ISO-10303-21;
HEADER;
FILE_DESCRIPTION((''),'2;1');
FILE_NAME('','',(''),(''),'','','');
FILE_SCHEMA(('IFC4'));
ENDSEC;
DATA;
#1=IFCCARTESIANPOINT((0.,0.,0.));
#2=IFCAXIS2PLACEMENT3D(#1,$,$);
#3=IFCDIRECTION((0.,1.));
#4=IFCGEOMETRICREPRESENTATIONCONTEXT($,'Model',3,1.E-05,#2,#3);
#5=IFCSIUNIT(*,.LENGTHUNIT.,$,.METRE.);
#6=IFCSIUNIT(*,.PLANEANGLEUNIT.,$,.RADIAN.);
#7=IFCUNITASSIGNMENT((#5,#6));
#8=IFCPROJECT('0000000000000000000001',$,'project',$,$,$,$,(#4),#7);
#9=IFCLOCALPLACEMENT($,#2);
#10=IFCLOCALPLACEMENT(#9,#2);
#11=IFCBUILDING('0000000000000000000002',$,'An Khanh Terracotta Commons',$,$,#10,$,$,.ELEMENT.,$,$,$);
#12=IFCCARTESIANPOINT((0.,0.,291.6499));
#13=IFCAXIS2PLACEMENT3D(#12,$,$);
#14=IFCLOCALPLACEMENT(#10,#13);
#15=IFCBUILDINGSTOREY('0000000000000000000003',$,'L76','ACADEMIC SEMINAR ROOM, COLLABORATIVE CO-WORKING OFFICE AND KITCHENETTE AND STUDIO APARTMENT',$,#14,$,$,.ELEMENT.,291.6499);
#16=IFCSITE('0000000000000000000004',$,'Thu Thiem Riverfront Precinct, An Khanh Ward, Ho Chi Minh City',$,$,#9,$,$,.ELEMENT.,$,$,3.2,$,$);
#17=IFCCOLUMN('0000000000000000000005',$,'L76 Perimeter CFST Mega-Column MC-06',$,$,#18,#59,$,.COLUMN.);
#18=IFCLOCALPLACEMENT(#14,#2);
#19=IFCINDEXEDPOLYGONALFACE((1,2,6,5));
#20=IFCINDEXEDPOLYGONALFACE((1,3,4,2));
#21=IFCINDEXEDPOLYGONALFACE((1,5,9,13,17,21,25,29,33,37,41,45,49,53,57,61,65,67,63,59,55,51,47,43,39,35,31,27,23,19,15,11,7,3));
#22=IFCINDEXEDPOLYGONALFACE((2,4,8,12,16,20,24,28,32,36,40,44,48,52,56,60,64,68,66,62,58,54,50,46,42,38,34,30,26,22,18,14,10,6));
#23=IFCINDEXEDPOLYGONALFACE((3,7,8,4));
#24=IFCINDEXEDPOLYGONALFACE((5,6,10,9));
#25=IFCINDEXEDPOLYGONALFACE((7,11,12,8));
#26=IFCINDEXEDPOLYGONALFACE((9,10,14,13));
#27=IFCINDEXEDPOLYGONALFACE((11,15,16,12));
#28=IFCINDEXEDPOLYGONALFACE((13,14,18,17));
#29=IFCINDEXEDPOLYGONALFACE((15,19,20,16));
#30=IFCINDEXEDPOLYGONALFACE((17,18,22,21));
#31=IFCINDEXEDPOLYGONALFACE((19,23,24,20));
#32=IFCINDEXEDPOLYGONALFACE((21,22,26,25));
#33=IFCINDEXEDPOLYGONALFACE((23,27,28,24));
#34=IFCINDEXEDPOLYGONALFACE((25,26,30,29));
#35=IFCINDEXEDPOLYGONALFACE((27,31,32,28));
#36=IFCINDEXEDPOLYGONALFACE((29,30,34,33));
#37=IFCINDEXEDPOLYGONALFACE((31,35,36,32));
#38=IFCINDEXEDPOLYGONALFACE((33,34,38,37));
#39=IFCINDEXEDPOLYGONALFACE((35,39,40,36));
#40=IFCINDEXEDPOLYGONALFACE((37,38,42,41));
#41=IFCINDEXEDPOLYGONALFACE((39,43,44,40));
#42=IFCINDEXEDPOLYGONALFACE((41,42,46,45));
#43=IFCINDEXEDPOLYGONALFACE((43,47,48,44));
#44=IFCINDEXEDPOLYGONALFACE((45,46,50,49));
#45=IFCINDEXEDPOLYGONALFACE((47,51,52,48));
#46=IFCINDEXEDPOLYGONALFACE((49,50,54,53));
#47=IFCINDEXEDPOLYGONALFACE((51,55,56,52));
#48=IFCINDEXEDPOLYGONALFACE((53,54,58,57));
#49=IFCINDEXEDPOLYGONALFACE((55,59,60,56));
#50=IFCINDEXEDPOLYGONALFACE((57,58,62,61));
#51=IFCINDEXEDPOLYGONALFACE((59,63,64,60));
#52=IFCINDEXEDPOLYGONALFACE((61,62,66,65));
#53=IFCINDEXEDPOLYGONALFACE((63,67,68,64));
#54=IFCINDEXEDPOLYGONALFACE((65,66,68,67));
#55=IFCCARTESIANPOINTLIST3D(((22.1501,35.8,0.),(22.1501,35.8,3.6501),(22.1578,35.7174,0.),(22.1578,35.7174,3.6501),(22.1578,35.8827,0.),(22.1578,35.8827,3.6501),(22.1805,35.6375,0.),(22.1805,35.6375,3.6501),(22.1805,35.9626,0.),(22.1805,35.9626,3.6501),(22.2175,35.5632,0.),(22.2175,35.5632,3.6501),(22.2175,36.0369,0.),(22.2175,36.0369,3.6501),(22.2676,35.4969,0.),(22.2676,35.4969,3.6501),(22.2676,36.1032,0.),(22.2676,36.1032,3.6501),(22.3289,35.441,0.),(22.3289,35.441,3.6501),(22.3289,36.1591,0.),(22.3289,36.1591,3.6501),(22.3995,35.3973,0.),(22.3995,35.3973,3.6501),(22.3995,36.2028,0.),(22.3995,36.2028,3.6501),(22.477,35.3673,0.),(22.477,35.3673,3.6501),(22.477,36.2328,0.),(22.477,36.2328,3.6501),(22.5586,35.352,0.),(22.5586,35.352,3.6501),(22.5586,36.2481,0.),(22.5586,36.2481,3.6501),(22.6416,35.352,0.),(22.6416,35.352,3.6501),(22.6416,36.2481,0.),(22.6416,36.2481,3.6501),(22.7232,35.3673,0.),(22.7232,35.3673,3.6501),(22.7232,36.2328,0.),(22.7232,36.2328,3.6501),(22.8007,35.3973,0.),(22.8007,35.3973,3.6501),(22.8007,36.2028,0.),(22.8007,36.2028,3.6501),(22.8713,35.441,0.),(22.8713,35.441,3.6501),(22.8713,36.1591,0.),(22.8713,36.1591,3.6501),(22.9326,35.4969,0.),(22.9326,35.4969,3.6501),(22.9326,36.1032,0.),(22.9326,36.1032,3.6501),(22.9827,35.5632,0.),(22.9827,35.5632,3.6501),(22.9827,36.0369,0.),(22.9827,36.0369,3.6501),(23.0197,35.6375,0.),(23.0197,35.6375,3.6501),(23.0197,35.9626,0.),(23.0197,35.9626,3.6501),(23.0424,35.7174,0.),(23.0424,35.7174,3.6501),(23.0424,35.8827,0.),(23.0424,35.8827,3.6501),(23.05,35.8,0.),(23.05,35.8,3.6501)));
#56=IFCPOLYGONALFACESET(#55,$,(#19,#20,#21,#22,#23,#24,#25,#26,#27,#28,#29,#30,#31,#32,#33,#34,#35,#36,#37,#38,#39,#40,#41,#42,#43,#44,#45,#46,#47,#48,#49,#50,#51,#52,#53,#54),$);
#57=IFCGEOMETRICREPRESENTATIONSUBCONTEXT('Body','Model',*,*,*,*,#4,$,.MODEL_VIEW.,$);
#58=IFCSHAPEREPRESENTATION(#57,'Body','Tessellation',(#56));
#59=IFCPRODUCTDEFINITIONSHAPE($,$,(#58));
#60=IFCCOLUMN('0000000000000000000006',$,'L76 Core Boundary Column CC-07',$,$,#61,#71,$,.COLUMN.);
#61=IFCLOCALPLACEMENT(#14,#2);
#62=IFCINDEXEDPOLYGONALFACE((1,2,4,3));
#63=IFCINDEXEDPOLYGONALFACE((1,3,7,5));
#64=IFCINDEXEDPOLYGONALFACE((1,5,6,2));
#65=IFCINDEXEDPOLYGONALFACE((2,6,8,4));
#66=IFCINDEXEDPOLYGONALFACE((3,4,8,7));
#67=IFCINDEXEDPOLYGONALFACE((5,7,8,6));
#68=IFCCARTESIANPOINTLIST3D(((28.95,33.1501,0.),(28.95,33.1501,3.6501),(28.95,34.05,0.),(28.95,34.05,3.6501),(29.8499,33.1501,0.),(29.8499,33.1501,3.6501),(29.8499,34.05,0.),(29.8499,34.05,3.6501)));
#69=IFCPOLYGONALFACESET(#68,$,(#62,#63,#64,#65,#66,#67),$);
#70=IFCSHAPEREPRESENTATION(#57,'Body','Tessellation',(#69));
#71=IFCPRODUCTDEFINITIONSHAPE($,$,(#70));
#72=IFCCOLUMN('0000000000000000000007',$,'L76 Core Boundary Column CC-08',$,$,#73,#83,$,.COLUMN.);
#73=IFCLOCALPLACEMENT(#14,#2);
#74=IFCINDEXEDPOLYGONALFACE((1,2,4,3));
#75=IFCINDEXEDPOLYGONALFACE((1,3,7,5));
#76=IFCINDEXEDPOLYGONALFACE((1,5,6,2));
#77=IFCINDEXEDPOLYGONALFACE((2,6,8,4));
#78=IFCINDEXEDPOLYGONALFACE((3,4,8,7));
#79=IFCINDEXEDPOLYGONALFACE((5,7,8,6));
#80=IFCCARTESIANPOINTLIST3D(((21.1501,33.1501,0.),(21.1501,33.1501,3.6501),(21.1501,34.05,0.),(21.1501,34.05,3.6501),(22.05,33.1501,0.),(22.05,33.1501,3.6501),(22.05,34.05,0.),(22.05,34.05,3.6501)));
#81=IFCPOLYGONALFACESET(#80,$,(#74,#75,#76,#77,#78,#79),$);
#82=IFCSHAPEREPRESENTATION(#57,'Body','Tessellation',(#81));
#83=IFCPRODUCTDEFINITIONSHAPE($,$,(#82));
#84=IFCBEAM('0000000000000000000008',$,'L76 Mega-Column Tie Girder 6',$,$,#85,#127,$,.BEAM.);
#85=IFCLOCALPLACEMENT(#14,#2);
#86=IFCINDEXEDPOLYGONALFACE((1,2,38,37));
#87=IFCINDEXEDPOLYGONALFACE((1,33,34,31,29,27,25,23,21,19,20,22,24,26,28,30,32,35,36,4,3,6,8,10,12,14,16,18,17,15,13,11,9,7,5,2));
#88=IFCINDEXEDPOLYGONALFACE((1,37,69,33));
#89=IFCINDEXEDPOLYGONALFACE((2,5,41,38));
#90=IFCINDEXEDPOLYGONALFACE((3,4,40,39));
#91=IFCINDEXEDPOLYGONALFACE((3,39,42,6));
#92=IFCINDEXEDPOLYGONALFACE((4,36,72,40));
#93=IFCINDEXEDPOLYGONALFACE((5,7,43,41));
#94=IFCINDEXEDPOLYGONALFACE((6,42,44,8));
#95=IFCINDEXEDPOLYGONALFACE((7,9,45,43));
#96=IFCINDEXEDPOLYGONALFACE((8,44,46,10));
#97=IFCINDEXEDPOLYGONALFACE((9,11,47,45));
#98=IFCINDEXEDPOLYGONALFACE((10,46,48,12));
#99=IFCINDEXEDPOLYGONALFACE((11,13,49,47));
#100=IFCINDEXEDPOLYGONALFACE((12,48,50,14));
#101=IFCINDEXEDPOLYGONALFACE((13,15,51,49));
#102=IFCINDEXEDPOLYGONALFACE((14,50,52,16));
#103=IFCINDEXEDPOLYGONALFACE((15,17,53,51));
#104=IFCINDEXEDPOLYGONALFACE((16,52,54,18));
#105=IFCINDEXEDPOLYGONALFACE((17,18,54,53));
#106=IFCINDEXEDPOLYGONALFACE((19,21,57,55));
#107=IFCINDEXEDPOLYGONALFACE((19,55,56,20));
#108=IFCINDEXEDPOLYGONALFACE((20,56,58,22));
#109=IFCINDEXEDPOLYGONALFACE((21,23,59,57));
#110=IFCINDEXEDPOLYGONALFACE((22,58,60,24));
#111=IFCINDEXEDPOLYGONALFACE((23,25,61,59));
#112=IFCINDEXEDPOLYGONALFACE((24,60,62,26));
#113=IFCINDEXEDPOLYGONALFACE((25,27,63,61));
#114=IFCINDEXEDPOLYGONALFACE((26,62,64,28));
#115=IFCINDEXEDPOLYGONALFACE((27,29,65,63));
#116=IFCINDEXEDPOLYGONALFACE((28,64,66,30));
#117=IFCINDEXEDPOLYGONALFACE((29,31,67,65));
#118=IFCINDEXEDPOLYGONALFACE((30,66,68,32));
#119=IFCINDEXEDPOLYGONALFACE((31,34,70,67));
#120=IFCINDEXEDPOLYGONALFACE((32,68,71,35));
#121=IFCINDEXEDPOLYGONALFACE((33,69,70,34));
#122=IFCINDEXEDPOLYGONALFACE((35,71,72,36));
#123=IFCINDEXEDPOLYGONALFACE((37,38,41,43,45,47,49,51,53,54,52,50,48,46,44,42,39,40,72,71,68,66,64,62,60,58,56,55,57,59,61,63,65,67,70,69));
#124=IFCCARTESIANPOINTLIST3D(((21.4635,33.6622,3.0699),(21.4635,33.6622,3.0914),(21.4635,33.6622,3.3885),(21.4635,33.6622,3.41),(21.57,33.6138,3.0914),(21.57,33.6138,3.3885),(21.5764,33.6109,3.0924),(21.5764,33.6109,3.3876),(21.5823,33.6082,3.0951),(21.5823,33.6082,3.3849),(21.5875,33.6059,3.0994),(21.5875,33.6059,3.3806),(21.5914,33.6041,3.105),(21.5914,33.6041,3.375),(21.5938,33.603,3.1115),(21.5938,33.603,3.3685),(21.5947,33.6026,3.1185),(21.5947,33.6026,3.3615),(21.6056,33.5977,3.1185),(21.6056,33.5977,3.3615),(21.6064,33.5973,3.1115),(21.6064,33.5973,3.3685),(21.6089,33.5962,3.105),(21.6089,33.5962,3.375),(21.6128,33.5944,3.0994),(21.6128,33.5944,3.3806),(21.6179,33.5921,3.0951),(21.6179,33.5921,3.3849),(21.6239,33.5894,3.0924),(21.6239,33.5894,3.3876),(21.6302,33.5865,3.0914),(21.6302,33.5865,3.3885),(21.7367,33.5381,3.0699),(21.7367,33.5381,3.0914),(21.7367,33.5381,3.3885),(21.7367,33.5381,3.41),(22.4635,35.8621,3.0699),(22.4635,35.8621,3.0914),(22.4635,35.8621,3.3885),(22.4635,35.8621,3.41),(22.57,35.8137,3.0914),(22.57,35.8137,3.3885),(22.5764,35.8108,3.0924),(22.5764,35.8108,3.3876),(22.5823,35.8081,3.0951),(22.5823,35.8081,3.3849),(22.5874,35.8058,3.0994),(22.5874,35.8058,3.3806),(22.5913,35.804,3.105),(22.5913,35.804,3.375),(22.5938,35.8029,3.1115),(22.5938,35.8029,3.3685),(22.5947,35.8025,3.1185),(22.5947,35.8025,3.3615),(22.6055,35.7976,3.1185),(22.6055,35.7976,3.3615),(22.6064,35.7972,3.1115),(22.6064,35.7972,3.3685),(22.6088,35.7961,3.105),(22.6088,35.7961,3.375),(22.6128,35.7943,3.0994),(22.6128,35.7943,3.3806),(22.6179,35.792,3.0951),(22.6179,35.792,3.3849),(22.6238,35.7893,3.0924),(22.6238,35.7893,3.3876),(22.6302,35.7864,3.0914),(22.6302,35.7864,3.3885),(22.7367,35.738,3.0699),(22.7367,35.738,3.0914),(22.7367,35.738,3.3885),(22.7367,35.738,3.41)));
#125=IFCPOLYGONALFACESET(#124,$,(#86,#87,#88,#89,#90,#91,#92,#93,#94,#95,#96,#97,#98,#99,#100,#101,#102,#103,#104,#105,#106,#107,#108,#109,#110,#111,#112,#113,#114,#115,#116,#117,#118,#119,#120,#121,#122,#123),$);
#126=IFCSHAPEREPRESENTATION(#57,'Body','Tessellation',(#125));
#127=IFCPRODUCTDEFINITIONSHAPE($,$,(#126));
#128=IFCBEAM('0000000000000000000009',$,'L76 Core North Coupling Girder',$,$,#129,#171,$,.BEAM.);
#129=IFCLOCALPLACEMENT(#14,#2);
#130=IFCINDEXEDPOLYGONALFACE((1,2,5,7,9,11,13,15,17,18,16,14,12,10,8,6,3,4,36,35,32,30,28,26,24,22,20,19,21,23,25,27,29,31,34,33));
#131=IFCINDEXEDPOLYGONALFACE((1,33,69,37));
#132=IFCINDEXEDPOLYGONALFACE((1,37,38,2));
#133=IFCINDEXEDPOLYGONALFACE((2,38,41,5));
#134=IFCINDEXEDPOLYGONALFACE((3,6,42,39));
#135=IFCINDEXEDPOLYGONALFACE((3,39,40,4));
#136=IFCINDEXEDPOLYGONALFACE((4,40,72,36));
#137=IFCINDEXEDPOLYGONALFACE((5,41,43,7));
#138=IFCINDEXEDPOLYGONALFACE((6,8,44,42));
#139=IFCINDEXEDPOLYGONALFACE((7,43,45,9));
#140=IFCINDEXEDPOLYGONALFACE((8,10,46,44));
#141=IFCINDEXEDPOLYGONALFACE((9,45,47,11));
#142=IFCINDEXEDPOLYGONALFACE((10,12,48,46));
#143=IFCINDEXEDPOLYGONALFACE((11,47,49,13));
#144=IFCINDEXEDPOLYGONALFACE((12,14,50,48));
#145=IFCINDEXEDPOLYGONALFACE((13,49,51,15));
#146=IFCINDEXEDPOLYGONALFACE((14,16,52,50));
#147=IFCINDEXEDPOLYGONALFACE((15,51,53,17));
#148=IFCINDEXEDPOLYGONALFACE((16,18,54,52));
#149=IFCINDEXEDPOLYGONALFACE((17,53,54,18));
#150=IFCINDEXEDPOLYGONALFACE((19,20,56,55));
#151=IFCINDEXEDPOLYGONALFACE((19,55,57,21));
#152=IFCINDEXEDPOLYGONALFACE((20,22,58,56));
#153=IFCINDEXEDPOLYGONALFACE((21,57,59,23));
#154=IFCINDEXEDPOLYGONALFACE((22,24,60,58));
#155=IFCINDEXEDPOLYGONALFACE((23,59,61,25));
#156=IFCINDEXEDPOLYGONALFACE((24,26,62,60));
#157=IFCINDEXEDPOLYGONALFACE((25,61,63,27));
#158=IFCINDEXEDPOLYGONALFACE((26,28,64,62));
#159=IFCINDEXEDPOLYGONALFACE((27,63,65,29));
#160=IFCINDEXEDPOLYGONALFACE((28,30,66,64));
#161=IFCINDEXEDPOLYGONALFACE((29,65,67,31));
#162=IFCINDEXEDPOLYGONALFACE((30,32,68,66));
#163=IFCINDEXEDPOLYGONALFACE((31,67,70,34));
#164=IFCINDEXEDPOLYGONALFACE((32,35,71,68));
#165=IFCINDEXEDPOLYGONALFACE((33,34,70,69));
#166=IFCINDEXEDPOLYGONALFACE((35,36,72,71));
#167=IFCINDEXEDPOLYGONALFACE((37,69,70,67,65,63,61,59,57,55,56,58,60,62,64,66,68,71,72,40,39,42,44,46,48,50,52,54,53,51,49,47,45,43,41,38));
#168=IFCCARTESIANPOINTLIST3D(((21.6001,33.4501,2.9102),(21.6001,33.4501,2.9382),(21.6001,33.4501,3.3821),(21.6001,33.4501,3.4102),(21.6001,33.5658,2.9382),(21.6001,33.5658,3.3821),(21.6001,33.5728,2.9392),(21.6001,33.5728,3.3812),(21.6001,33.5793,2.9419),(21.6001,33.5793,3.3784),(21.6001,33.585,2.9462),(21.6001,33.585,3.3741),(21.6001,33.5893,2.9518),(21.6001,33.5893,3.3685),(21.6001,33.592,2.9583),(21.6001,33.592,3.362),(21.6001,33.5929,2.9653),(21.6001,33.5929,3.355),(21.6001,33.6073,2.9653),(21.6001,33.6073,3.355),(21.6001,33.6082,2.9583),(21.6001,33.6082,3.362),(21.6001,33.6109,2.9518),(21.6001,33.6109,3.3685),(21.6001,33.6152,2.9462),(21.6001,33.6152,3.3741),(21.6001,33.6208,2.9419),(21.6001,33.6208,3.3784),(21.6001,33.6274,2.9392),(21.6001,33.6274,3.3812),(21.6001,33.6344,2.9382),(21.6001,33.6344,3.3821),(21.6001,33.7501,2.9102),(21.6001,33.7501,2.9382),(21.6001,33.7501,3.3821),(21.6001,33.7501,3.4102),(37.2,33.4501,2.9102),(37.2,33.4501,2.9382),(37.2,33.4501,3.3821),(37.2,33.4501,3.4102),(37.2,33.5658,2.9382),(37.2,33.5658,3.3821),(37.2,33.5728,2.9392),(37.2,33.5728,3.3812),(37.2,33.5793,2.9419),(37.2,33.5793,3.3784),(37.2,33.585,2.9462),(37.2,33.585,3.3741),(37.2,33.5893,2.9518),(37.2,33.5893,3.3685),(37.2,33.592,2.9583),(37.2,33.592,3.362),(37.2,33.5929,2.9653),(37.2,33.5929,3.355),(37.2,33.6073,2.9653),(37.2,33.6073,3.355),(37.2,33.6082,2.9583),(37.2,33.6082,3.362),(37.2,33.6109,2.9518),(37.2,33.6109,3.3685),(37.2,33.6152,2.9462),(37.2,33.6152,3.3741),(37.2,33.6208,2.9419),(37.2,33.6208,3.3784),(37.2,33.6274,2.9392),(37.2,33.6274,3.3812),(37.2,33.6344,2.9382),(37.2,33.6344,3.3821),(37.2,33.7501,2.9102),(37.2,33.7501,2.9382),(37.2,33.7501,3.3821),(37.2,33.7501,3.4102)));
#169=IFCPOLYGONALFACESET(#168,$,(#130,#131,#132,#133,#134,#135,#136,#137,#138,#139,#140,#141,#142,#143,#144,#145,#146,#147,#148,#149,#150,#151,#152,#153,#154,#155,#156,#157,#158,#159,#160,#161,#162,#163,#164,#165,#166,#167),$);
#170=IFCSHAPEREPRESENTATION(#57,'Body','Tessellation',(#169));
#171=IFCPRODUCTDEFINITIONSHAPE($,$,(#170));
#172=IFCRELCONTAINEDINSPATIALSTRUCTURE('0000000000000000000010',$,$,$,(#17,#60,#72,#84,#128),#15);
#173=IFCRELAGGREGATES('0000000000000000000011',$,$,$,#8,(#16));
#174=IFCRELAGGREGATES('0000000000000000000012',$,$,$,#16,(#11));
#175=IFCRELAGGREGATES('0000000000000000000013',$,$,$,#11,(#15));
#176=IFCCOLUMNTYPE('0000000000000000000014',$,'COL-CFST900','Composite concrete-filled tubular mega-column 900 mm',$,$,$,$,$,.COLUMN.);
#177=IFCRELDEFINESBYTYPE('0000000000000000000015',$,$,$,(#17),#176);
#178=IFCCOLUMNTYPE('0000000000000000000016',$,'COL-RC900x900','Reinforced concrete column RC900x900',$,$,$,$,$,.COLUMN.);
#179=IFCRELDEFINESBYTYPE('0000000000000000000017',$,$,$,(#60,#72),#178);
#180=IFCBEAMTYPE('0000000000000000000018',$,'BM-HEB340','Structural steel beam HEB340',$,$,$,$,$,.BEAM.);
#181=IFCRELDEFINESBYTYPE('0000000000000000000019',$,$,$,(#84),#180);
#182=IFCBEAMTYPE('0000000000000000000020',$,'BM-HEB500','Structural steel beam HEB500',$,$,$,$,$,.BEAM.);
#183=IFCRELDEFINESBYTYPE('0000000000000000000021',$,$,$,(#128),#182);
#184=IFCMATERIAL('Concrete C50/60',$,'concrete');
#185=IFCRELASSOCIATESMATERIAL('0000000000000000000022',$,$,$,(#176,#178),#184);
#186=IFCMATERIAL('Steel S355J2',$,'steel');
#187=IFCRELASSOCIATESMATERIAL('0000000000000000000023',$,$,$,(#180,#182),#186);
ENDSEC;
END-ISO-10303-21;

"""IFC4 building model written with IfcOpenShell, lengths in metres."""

from ifc_helpers import new_model, si_unit, direction, frame, origin, origin_2d, place, context, subcontext, project, spatial, rectangle, circle, i_section, extrude, material, material_profile, profile_set, type_object, element, save


model = new_model("IFC4")

# Units and contexts
model_context = context("Model", 3, precision=1e-05, world=origin(), true_north=direction((0.0, 1.0)))
body_context = subcontext(model_context, "Body", "Model", "MODEL_VIEW")
ifc_project = project(units=[si_unit("LENGTHUNIT", "METRE"), si_unit("PLANEANGLEUNIT", "RADIAN")], contexts=[model_context])

# Site, building, storey
site_placement = place(None, origin())
site = spatial("IfcSite", under=ifc_project, at=site_placement, Name="Thu Thiem Riverfront Precinct, An Khanh Ward, Ho Chi Minh City", CompositionType="ELEMENT", RefElevation=3.2)
building_placement = place(site_placement, origin())
building = spatial("IfcBuilding", under=site, at=building_placement, Name="An Khanh Terracotta Commons", CompositionType="ELEMENT")
storey_placement = place(building_placement, frame((0.0, 0.0, 291.6499)))
storey = spatial("IfcBuildingStorey", under=building, at=storey_placement, Name="L76", Description="ACADEMIC SEMINAR ROOM, COLLABORATIVE CO-WORKING OFFICE AND KITCHENETTE AND STUDIO APARTMENT", CompositionType="ELEMENT", Elevation=291.6499)

# Columns
ifc_material_1 = material(Name="Concrete C50/60", Category="concrete")
ifc_material_profile_1 = material_profile(ifc_material_1, circle(Radius=0.45, at=origin_2d()), Name="CFST900")
ifc_profile_set_1 = profile_set([ifc_material_profile_1], Name="Concrete C50/60")
column_type_1 = type_object("IfcColumnType", Name="COL-CFST900", Description="Composite concrete-filled tubular mega-column 900 mm", PredefinedType="COLUMN", material=ifc_profile_set_1)
column_placement = place(storey_placement, frame((22.6001, 35.8, 0.0), z_axis=(0.0, 0.0, 1.0), x_axis=(1.0, 0.0, 0.0)))
element("IfcColumn", 1, at=column_placement, inside=storey, type_object=column_type_1, Name="L76 Perimeter CFST Mega-Column MC-06", PredefinedType="COLUMN", context=body_context, shape_type="SweptSolid", body=[
    extrude(circle(Radius=0.45, at=origin_2d()), origin(), (0.0, 0.0, 1.0), 3.6501),
])
ifc_material_profile_2 = material_profile(ifc_material_1, rectangle(XDim=0.8999, YDim=0.8999, at=origin_2d()), Name="RC900x900")
ifc_profile_set_2 = profile_set([ifc_material_profile_2], Name="Concrete C50/60")
column_type_2 = type_object("IfcColumnType", Name="COL-RC900x900", Description="Reinforced concrete column RC900x900", PredefinedType="COLUMN", material=ifc_profile_set_2)
for number, where, z_axis, x_axis, name in (
    (2, (29.3999, 33.6001, 0.0), (0.0, 0.0, 1.0), (1.0, 0.0, 0.0), "L76 Core Boundary Column CC-07"),
    (3, (21.6001, 33.6001, 0.0), (0.0, 0.0, 1.0), (1.0, 0.0, 0.0), "L76 Core Boundary Column CC-08"),
):
    element("IfcColumn", number, at=place(storey_placement, frame(where, z_axis=z_axis, x_axis=x_axis)), inside=storey, type_object=column_type_2, Name=name, PredefinedType="COLUMN", context=body_context, shape_type="SweptSolid", body=[
        extrude(rectangle(XDim=0.8999, YDim=0.8999, at=origin_2d()), origin(), (0.0, 0.0, 1.0), 3.6501),
    ])

# Beams
ifc_material_2 = material(Name="Steel S355J2", Category="steel")
ifc_material_profile_3 = material_profile(ifc_material_2, i_section(OverallWidth=0.3, OverallDepth=0.3401, WebThickness=0.012, FlangeThickness=0.0215, FilletRadius=0.0271, at=origin_2d()), Name="HEB340")
ifc_profile_set_3 = profile_set([ifc_material_profile_3], Name="Steel S355J2")
beam_type_1 = type_object("IfcBeamType", Name="BM-HEB340", Description="Structural steel beam HEB340", PredefinedType="BEAM", material=ifc_profile_set_3)
beam_1_placement = place(storey_placement, frame((22.6001, 35.8, 3.24), z_axis=(-0.413811, -0.910363, 0.0), x_axis=(0.910363, -0.413811, 0.0)))
element("IfcBeam", 4, at=beam_1_placement, inside=storey, type_object=beam_type_1, Name="L76 Mega-Column Tie Girder 6", PredefinedType="BEAM", context=body_context, shape_type="SweptSolid", body=[
    extrude(i_section(OverallWidth=0.3, OverallDepth=0.3401, WebThickness=0.012, FlangeThickness=0.0215, FilletRadius=0.0271, at=origin_2d()), origin(), (0.0, 0.0, 1.0), 2.4165),
])
ifc_material_profile_4 = material_profile(ifc_material_2, i_section(OverallWidth=0.3, OverallDepth=0.5, WebThickness=0.0144, FlangeThickness=0.0281, FilletRadius=0.0271, at=origin_2d()), Name="HEB500")
ifc_profile_set_4 = profile_set([ifc_material_profile_4], Name="Steel S355J2")
beam_type_2 = type_object("IfcBeamType", Name="BM-HEB500", Description="Structural steel beam HEB500", PredefinedType="BEAM", material=ifc_profile_set_4)
beam_2_placement = place(storey_placement, frame((21.6001, 33.6001, 3.1602), z_axis=(1.0, 0.0, 0.0), x_axis=(0.0, 1.0, 0.0)))
element("IfcBeam", 5, at=beam_2_placement, inside=storey, type_object=beam_type_2, Name="L76 Core North Coupling Girder", PredefinedType="BEAM", context=body_context, shape_type="SweptSolid", body=[
    extrude(i_section(OverallWidth=0.3, OverallDepth=0.5, WebThickness=0.0144, FlangeThickness=0.0281, FilletRadius=0.0271, at=origin_2d()), origin(), (0.0, 0.0, 1.0), 15.5999),
])

save(model, "model.ifc")
